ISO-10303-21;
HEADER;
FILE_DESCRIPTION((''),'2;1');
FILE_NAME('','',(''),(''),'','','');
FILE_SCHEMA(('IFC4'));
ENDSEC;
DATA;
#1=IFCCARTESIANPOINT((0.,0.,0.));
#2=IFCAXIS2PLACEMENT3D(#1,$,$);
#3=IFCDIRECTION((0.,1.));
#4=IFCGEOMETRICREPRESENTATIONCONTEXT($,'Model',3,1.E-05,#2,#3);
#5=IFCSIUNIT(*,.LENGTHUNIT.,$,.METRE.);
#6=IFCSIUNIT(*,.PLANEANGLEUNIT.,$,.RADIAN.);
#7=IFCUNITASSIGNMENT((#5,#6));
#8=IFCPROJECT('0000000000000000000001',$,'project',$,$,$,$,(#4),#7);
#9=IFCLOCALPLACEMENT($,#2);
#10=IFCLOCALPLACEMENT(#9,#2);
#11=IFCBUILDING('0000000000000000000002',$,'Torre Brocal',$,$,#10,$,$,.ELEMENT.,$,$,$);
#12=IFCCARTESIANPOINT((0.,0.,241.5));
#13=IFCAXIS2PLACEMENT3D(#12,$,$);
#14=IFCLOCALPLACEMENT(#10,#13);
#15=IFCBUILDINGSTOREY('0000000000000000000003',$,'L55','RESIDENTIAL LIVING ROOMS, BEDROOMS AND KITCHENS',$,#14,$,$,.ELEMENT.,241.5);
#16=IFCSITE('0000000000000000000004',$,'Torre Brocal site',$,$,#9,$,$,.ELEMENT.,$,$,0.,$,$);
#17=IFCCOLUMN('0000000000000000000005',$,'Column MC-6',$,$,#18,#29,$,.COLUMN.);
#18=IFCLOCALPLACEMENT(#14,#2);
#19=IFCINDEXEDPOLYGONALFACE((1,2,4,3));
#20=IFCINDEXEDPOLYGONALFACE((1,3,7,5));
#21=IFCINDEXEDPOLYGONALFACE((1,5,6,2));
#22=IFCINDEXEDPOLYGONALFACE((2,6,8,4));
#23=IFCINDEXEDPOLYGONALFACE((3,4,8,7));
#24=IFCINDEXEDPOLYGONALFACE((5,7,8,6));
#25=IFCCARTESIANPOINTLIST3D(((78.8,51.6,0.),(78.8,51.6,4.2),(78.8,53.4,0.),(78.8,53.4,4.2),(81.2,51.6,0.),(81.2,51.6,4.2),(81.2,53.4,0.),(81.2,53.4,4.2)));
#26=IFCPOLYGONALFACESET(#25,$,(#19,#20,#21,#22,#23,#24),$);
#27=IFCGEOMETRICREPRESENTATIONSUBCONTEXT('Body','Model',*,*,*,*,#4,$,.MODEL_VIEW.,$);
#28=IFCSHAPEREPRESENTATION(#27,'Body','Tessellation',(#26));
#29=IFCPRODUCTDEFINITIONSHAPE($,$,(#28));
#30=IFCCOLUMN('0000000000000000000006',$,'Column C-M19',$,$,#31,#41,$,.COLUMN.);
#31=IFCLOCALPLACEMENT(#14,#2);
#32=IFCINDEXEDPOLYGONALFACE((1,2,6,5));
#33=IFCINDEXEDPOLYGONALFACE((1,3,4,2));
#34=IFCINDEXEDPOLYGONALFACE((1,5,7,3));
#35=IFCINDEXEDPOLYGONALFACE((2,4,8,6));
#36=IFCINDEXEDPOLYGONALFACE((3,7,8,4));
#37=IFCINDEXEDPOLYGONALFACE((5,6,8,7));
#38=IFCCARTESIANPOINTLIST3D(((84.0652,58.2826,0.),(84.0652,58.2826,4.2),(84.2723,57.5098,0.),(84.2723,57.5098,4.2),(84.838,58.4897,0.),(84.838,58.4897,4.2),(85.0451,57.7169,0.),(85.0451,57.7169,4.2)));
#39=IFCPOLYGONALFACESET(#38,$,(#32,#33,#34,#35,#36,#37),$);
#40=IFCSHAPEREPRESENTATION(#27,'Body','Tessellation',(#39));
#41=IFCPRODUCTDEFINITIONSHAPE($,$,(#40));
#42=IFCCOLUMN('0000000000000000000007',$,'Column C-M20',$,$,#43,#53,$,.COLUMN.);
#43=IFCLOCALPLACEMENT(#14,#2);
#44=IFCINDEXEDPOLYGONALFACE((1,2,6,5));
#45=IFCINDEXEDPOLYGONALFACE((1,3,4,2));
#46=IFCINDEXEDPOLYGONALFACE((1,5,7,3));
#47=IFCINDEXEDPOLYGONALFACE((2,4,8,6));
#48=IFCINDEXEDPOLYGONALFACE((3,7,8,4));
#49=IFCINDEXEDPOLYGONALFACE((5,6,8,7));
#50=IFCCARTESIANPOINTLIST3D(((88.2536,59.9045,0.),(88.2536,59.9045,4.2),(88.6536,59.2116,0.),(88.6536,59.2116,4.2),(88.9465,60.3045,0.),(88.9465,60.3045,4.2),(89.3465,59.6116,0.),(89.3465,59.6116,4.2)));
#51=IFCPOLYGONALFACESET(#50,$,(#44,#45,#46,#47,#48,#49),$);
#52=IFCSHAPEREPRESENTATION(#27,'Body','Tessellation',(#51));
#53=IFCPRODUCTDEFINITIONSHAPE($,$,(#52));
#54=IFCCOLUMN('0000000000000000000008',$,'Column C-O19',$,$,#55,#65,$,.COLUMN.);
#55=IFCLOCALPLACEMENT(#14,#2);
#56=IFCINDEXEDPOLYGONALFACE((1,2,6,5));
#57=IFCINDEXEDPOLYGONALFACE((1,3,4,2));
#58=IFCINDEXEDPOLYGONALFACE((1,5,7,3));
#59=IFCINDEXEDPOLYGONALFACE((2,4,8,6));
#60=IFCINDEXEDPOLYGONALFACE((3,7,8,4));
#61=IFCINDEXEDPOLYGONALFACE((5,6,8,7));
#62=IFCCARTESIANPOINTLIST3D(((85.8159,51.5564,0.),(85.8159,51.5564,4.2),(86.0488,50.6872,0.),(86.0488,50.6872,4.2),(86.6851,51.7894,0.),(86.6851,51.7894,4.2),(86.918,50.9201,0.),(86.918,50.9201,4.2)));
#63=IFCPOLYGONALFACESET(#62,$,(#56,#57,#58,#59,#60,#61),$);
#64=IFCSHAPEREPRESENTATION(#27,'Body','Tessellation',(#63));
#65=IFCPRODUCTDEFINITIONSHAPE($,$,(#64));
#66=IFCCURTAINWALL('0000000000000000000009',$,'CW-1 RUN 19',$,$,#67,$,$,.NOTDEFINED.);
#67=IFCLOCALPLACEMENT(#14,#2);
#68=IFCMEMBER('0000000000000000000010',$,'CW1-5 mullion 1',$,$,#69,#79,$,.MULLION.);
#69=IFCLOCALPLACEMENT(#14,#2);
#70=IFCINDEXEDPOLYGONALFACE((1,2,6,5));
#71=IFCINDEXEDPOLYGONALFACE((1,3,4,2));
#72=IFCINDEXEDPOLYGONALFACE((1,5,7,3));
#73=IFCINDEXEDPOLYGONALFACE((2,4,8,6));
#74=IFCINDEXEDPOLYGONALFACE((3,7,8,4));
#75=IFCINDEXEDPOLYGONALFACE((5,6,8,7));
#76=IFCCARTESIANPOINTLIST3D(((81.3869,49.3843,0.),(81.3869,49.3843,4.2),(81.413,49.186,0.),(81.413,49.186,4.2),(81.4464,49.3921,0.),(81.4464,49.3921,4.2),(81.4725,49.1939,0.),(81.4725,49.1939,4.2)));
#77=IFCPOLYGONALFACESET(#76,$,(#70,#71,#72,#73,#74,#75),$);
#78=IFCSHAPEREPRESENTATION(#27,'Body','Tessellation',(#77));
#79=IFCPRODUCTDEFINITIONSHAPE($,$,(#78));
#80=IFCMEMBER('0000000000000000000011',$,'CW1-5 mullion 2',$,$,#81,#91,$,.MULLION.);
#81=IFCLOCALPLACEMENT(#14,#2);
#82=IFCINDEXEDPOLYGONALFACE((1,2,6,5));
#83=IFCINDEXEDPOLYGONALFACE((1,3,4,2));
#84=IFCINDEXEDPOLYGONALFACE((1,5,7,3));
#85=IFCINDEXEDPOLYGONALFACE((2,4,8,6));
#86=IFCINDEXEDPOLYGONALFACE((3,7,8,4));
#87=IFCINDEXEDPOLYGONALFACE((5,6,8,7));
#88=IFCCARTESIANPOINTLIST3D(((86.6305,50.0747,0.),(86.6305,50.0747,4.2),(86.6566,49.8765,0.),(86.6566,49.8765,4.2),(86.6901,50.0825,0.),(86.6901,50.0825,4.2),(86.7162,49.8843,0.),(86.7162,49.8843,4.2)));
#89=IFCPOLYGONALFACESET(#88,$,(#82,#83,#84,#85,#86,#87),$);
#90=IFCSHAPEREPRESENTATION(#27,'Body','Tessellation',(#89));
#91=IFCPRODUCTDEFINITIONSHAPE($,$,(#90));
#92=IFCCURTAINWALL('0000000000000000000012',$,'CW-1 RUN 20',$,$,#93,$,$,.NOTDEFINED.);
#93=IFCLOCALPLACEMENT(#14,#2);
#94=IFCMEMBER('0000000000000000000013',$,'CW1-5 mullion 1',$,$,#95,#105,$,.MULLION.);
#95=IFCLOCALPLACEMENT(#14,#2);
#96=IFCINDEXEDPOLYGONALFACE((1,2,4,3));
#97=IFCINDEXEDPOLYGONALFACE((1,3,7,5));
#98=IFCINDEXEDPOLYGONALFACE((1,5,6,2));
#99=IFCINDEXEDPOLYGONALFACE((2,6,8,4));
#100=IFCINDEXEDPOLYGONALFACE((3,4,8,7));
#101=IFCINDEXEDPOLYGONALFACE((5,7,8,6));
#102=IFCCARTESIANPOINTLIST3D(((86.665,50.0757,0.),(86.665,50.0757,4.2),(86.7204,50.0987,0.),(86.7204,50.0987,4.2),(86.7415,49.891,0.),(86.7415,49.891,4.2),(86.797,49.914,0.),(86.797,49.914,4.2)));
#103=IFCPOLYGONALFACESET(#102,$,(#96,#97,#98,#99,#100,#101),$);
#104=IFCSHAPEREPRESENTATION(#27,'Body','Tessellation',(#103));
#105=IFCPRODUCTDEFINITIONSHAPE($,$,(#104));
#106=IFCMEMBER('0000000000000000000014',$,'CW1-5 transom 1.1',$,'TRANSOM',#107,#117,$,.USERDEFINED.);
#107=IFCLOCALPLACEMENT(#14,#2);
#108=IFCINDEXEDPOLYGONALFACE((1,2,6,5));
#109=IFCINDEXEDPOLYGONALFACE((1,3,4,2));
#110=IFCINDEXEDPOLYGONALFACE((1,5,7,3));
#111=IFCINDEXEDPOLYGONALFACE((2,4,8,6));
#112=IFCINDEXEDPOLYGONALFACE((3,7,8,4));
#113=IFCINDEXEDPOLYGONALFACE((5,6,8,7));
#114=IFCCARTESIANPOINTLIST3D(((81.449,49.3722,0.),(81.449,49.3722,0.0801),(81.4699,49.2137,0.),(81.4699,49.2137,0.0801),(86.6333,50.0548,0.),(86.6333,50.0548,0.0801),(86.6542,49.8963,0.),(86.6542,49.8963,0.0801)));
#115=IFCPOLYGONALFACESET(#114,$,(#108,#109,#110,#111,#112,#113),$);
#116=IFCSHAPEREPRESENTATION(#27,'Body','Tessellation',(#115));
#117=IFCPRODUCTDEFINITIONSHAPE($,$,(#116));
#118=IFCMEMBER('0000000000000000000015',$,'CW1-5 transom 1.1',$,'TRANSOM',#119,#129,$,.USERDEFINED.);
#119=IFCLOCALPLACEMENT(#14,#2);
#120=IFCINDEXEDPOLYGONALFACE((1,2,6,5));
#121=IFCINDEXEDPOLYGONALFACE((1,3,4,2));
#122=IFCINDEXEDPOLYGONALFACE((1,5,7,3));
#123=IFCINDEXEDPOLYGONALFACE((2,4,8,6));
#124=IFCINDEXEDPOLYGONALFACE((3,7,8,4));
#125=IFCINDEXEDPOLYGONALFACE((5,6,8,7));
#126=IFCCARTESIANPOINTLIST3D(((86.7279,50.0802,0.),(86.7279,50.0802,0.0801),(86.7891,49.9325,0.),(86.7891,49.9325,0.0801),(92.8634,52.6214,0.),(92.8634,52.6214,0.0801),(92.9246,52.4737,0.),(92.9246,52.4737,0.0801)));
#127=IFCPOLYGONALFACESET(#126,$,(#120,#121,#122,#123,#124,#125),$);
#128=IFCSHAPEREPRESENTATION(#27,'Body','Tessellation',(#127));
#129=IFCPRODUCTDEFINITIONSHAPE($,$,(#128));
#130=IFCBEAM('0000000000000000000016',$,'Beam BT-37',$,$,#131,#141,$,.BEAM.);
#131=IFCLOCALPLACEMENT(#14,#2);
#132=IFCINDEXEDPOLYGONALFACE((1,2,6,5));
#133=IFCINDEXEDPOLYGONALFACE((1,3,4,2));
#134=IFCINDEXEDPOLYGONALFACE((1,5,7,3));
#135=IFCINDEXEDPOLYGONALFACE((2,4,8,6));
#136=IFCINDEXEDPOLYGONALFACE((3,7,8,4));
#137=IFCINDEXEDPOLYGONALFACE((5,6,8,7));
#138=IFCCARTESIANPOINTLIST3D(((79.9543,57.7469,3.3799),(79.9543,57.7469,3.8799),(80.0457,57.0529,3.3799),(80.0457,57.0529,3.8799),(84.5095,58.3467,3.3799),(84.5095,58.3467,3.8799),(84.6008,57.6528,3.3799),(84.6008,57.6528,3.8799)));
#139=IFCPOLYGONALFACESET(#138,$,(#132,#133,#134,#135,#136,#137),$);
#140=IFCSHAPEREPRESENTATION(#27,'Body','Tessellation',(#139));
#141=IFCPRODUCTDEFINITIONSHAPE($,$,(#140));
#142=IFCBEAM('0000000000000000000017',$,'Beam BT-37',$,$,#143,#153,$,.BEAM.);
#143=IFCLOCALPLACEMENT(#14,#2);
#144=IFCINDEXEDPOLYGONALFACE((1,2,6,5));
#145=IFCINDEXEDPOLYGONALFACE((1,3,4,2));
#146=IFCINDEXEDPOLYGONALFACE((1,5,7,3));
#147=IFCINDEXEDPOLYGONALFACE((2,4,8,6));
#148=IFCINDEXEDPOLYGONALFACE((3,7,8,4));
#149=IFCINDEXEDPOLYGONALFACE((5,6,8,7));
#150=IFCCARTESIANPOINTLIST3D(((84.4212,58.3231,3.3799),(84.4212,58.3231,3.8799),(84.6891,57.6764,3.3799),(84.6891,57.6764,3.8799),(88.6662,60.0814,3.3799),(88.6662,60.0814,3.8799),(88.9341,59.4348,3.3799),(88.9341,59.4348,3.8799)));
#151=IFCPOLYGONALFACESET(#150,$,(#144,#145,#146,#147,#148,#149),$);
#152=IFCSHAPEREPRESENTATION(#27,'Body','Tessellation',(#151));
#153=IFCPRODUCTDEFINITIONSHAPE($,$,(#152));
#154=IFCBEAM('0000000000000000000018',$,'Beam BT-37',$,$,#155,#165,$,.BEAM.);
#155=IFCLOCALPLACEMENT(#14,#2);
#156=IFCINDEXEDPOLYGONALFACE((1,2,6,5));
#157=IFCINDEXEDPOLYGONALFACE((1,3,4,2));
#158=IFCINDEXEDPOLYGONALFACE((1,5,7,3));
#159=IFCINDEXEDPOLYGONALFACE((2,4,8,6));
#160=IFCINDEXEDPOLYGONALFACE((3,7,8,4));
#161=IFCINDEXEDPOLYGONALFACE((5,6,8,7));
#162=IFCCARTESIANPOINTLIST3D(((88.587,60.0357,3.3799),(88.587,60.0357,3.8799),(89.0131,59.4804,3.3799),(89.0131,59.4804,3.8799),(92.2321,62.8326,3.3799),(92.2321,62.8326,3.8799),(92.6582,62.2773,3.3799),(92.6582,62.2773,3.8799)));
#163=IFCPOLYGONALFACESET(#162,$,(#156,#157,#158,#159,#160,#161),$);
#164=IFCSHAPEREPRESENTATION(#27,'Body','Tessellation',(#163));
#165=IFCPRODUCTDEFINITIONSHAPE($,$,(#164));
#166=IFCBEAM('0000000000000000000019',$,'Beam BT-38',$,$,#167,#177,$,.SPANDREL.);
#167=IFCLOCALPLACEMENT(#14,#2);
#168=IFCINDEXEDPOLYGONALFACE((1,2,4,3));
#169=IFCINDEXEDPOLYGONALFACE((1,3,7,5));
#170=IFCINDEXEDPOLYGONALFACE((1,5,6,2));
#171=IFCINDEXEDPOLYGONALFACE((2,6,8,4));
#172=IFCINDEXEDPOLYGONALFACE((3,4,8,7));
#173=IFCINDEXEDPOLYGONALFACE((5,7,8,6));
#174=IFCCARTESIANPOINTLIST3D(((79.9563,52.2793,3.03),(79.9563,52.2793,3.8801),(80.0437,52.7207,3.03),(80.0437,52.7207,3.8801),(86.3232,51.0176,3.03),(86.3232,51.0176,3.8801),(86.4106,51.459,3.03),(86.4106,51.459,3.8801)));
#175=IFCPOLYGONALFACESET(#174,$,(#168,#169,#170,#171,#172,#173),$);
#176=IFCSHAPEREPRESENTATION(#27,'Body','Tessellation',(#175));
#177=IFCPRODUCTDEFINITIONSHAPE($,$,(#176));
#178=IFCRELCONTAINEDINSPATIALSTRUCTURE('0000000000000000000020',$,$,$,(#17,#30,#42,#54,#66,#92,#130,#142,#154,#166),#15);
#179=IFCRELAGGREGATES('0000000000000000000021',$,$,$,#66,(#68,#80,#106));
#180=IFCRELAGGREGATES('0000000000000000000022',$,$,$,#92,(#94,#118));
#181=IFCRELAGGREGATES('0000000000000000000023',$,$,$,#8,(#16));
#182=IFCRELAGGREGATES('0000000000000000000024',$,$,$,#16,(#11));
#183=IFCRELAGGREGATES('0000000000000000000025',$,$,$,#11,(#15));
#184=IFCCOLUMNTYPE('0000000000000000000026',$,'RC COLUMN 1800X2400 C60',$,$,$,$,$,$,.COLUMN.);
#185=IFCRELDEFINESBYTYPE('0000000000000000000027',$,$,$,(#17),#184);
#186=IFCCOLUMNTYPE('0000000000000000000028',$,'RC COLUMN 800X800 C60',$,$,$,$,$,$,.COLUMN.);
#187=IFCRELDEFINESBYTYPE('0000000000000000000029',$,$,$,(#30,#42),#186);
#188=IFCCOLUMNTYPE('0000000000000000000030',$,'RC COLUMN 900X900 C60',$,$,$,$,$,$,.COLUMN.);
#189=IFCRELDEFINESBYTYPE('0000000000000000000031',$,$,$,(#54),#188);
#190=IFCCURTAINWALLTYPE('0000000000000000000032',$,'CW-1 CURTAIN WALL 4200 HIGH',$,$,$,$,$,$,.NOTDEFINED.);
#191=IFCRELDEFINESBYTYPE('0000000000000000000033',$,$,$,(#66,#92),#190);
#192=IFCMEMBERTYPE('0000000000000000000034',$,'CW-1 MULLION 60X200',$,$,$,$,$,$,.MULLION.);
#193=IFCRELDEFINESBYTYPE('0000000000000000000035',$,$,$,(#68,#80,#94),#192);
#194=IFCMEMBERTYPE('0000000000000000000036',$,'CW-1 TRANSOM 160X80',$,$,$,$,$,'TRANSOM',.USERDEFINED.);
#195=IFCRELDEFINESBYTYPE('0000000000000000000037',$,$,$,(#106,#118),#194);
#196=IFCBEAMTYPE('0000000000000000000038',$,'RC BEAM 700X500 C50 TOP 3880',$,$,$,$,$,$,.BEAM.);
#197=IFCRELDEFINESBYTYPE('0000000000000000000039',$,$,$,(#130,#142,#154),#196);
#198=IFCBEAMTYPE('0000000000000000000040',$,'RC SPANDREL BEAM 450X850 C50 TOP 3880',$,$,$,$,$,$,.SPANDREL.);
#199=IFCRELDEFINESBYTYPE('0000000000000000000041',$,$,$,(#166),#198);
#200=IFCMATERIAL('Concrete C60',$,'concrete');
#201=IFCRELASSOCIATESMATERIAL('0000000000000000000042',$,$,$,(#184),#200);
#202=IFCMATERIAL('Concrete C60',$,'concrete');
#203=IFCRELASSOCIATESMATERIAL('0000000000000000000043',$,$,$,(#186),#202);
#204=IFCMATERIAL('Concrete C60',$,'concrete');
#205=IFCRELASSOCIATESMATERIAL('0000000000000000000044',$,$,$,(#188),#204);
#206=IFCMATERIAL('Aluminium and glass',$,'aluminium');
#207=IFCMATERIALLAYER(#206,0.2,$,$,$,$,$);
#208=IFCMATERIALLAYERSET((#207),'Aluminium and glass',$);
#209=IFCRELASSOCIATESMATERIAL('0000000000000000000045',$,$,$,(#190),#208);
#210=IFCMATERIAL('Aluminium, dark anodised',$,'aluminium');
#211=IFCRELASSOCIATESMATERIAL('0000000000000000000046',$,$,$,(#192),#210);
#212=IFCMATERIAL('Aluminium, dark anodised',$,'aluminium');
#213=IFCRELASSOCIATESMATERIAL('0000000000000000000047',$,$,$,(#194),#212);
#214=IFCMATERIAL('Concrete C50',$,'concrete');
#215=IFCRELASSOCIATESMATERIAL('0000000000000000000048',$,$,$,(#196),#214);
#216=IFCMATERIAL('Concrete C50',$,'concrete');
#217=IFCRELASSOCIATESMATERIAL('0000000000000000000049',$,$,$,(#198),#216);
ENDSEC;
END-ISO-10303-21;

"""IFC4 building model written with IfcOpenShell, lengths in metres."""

from ifc_helpers import new_model, si_unit, direction, frame, origin, origin_2d, place, context, subcontext, project, spatial, rectangle, extrude, material, layer, layer_set, material_profile, profile_set, type_object, element, aggregate, save


model = new_model("IFC4")

# Units and contexts
model_context = context("Model", 3, precision=1e-05, world=origin(), true_north=direction((0.0, 1.0)))
body_context = subcontext(model_context, "Body", "Model", "MODEL_VIEW")
ifc_project = project(units=[si_unit("LENGTHUNIT", "METRE"), si_unit("PLANEANGLEUNIT", "RADIAN")], contexts=[model_context])

# Site, building, storey
site_placement = place(None, origin())
site = spatial("IfcSite", under=ifc_project, at=site_placement, Name="Torre Brocal site", CompositionType="ELEMENT", RefElevation=0.0)
building_placement = place(site_placement, origin())
building = spatial("IfcBuilding", under=site, at=building_placement, Name="Torre Brocal", CompositionType="ELEMENT")
storey_placement = place(building_placement, frame((0.0, 0.0, 241.5)))
storey = spatial("IfcBuildingStorey", under=building, at=storey_placement, Name="L55", Description="RESIDENTIAL LIVING ROOMS, BEDROOMS AND KITCHENS", CompositionType="ELEMENT", Elevation=241.5)

# Columns
ifc_material_1 = material(Name="Concrete C60", Category="concrete")
ifc_material_profile_1 = material_profile(ifc_material_1, rectangle(XDim=1.8, YDim=2.3999, at=origin_2d()), Name="RC 1800X2400")
ifc_profile_set_1 = profile_set([ifc_material_profile_1], Name="Concrete C60")
column_type_1 = type_object("IfcColumnType", Name="RC COLUMN 1800X2400 C60", PredefinedType="COLUMN", material=ifc_profile_set_1)
column_1_placement = place(storey_placement, frame((80.0, 52.5, 0.0), z_axis=(0.0, 0.0, 1.0), x_axis=(0.0, -1.0, 0.0)))
element("IfcColumn", 1, at=column_1_placement, inside=storey, type_object=column_type_1, Name="Column MC-6", PredefinedType="COLUMN", context=body_context, shape_type="SweptSolid", body=[
    extrude(rectangle(XDim=1.8, YDim=2.3999, at=origin_2d()), origin(), (0.0, 0.0, 1.0), 4.2),
])
ifc_material_2 = material(Name="Concrete C60", Category="concrete")
ifc_material_profile_2 = material_profile(ifc_material_2, rectangle(XDim=0.8, YDim=0.8, at=origin_2d()), Name="RC 800X800")
ifc_profile_set_2 = profile_set([ifc_material_profile_2], Name="Concrete C60")
column_type_2 = type_object("IfcColumnType", Name="RC COLUMN 800X800 C60", PredefinedType="COLUMN", material=ifc_profile_set_2)
for number, where, z_axis, x_axis, name in (
    (2, (84.5552, 57.9998, 0.0), (0.0, 0.0, 1.0), (0.258819, -0.965926, 0.0), "Column C-M19"),
    (3, (88.8, 59.7581, 0.0), (0.0, 0.0, 1.0), (0.5, -0.866025, 0.0), "Column C-M20"),
):
    element("IfcColumn", number, at=place(storey_placement, frame(where, z_axis=z_axis, x_axis=x_axis)), inside=storey, type_object=column_type_2, Name=name, PredefinedType="COLUMN", context=body_context, shape_type="SweptSolid", body=[
        extrude(rectangle(XDim=0.8, YDim=0.8, at=origin_2d()), origin(), (0.0, 0.0, 1.0), 4.2),
    ])
ifc_material_3 = material(Name="Concrete C60", Category="concrete")
ifc_material_profile_3 = material_profile(ifc_material_3, rectangle(XDim=0.8999, YDim=0.8999, at=origin_2d()), Name="RC 900X900")
ifc_profile_set_3 = profile_set([ifc_material_profile_3], Name="Concrete C60")
column_type_3 = type_object("IfcColumnType", Name="RC COLUMN 900X900 C60", PredefinedType="COLUMN", material=ifc_profile_set_3)
column_2_placement = place(storey_placement, frame((86.3669, 51.2383, 0.0), z_axis=(0.0, 0.0, 1.0), x_axis=(0.258819, -0.965926, 0.0)))
element("IfcColumn", 4, at=column_2_placement, inside=storey, type_object=column_type_3, Name="Column C-O19", PredefinedType="COLUMN", context=body_context, shape_type="SweptSolid", body=[
    extrude(rectangle(XDim=0.8999, YDim=0.8999, at=origin_2d()), origin(), (0.0, 0.0, 1.0), 4.2),
])

# Curtain wall, members
ifc_material_4 = material(Name="Aluminium and glass", Category="aluminium")
ifc_layer_1 = layer(ifc_material_4, 0.2)
ifc_layer_set_1 = layer_set([ifc_layer_1], Name="Aluminium and glass")
curtain_wall_type = type_object("IfcCurtainWallType", Name="CW-1 CURTAIN WALL 4200 HIGH", PredefinedType="NOTDEFINED", material=ifc_layer_set_1)
curtain_wall_1_placement = place(storey_placement, origin())
curtain_wall_1 = element("IfcCurtainWall", 5, at=curtain_wall_1_placement, inside=storey, type_object=curtain_wall_type, Name="CW-1 RUN 19", PredefinedType="NOTDEFINED")
ifc_material_5 = material(Name="Aluminium, dark anodised", Category="aluminium")
ifc_material_profile_4 = material_profile(ifc_material_5, rectangle(XDim=0.2, YDim=0.0601, at=origin_2d()), Name="CW-1 MULLION 60X200")
ifc_profile_set_4 = profile_set([ifc_material_profile_4], Name="Aluminium, dark anodised")
member_type_1 = type_object("IfcMemberType", Name="CW-1 MULLION 60X200", PredefinedType="MULLION", material=ifc_profile_set_4)
member_1_placement = place(storey_placement, frame((81.4297, 49.2891, 0.0), z_axis=(0.0, 0.0, 1.0), x_axis=(-0.130526, 0.991445, 0.0)))
member_1 = element("IfcMember", 6, at=member_1_placement, type_object=member_type_1, Name="CW1-5 mullion 1", PredefinedType="MULLION", context=body_context, shape_type="SweptSolid", body=[
    extrude(rectangle(XDim=0.2, YDim=0.0601, at=origin_2d()), origin(), (0.0, 0.0, 1.0), 4.2),
])
member_2_placement = place(storey_placement, frame((86.6733, 49.9795, 0.0), z_axis=(0.0, 0.0, 1.0), x_axis=(-0.130526, 0.991445, 0.0)))
member_2 = element("IfcMember", 7, at=member_2_placement, type_object=member_type_1, Name="CW1-5 mullion 2", PredefinedType="MULLION", context=body_context, shape_type="SweptSolid", body=[
    extrude(rectangle(XDim=0.2, YDim=0.0601, at=origin_2d()), origin(), (0.0, 0.0, 1.0), 4.2),
])

# Curtain wall, member
curtain_wall_2_placement = place(storey_placement, origin())
curtain_wall_2 = element("IfcCurtainWall", 8, at=curtain_wall_2_placement, inside=storey, type_object=curtain_wall_type, Name="CW-1 RUN 20", PredefinedType="NOTDEFINED")
member_3_placement = place(storey_placement, frame((86.731, 49.9949, 0.0), z_axis=(0.0, 0.0, 1.0), x_axis=(-0.382683, 0.92388, 0.0)))
member_3 = element("IfcMember", 9, at=member_3_placement, type_object=member_type_1, Name="CW1-5 mullion 1", PredefinedType="MULLION", context=body_context, shape_type="SweptSolid", body=[
    extrude(rectangle(XDim=0.2, YDim=0.0601, at=origin_2d()), origin(), (0.0, 0.0, 1.0), 4.2),
])

# Members
ifc_material_6 = material(Name="Aluminium, dark anodised", Category="aluminium")
ifc_material_profile_5 = material_profile(ifc_material_6, rectangle(XDim=0.1599, YDim=0.0801, at=origin_2d()), Name="CW-1 TRANSOM 160X80")
ifc_profile_set_5 = profile_set([ifc_material_profile_5], Name="Aluminium, dark anodised")
member_type_2 = type_object("IfcMemberType", Name="CW-1 TRANSOM 160X80", ElementType="TRANSOM", PredefinedType="USERDEFINED", material=ifc_profile_set_5)
member_4_placement = place(storey_placement, frame((81.4595, 49.293, 0.04), z_axis=(0.991443, 0.130543, 0.0), x_axis=(-0.130543, 0.991443, 0.0)))
member_4 = element("IfcMember", 10, at=member_4_placement, type_object=member_type_2, Name="CW1-5 transom 1.1", ObjectType="TRANSOM", PredefinedType="USERDEFINED", context=body_context, shape_type="SweptSolid", body=[
    extrude(rectangle(XDim=0.1599, YDim=0.0801, at=origin_2d()), origin(), (0.0, 0.0, 1.0), 5.229),
])
member_5_placement = place(storey_placement, frame((86.7585, 50.0063, 0.04), z_axis=(0.923887, 0.382665, 0.0), x_axis=(-0.382665, 0.923887, 0.0)))
member_5 = element("IfcMember", 11, at=member_5_placement, type_object=member_type_2, Name="CW1-5 transom 1.1", ObjectType="TRANSOM", PredefinedType="USERDEFINED", context=body_context, shape_type="SweptSolid", body=[
    extrude(rectangle(XDim=0.1599, YDim=0.0801, at=origin_2d()), origin(), (0.0, 0.0, 1.0), 6.6409),
])

# Beams
ifc_material_7 = material(Name="Concrete C50", Category="concrete")
ifc_material_profile_6 = material_profile(ifc_material_7, rectangle(XDim=0.7, YDim=0.5, at=origin_2d()), Name="RC 700X500")
ifc_profile_set_6 = profile_set([ifc_material_profile_6], Name="Concrete C50")
beam_type_1 = type_object("IfcBeamType", Name="RC BEAM 700X500 C50 TOP 3880", PredefinedType="BEAM", material=ifc_profile_set_6)
beam_1_placement = place(storey_placement, frame((80.0, 57.3999, 3.6299), z_axis=(0.991441, 0.130559, 0.0), x_axis=(-0.130559, 0.991441, 0.0)))
element("IfcBeam", 12, at=beam_1_placement, inside=storey, type_object=beam_type_1, Name="Beam BT-37", PredefinedType="BEAM", context=body_context, shape_type="SweptSolid", body=[
    extrude(rectangle(XDim=0.7, YDim=0.5, at=origin_2d()), origin(), (0.0, 0.0, 1.0), 4.5945),
])
beam_2_placement = place(storey_placement, frame((84.5552, 57.9998, 3.6299), z_axis=(0.923878, 0.382687, 0.0), x_axis=(-0.382687, 0.923878, 0.0)))
element("IfcBeam", 13, at=beam_2_placement, inside=storey, type_object=beam_type_1, Name="Beam BT-37", PredefinedType="BEAM", context=body_context, shape_type="SweptSolid", body=[
    extrude(rectangle(XDim=0.7, YDim=0.5, at=origin_2d()), origin(), (0.0, 0.0, 1.0), 4.5947),
])
beam_3_placement = place(storey_placement, frame((88.8, 59.7581, 3.6299), z_axis=(0.793358, 0.608755, 0.0), x_axis=(-0.608755, 0.793358, 0.0)))
element("IfcBeam", 14, at=beam_3_placement, inside=storey, type_object=beam_type_1, Name="Beam BT-37", PredefinedType="BEAM", context=body_context, shape_type="SweptSolid", body=[
    extrude(rectangle(XDim=0.7, YDim=0.5, at=origin_2d()), origin(), (0.0, 0.0, 1.0), 4.5945),
])
ifc_material_8 = material(Name="Concrete C50", Category="concrete")
ifc_material_profile_7 = material_profile(ifc_material_8, rectangle(XDim=0.45, YDim=0.8501, at=origin_2d()), Name="RC 450X850")
ifc_profile_set_7 = profile_set([ifc_material_profile_7], Name="Concrete C50")
beam_type_2 = type_object("IfcBeamType", Name="RC SPANDREL BEAM 450X850 C50 TOP 3880", PredefinedType="SPANDREL", material=ifc_profile_set_7)
beam_4_placement = place(storey_placement, frame((80.0, 52.5, 3.4551), z_axis=(0.980925, -0.194387, 0.0), x_axis=(0.194387, 0.980925, 0.0)))
element("IfcBeam", 15, at=beam_4_placement, inside=storey, type_object=beam_type_2, Name="Beam BT-38", PredefinedType="SPANDREL", context=body_context, shape_type="SweptSolid", body=[
    extrude(rectangle(XDim=0.45, YDim=0.8501, at=origin_2d()), origin(), (0.0, 0.0, 1.0), 6.4907),
])

aggregate(curtain_wall_1, [member_1, member_2, member_4])
aggregate(curtain_wall_2, [member_3, member_5])

save(model, "model.ifc")
